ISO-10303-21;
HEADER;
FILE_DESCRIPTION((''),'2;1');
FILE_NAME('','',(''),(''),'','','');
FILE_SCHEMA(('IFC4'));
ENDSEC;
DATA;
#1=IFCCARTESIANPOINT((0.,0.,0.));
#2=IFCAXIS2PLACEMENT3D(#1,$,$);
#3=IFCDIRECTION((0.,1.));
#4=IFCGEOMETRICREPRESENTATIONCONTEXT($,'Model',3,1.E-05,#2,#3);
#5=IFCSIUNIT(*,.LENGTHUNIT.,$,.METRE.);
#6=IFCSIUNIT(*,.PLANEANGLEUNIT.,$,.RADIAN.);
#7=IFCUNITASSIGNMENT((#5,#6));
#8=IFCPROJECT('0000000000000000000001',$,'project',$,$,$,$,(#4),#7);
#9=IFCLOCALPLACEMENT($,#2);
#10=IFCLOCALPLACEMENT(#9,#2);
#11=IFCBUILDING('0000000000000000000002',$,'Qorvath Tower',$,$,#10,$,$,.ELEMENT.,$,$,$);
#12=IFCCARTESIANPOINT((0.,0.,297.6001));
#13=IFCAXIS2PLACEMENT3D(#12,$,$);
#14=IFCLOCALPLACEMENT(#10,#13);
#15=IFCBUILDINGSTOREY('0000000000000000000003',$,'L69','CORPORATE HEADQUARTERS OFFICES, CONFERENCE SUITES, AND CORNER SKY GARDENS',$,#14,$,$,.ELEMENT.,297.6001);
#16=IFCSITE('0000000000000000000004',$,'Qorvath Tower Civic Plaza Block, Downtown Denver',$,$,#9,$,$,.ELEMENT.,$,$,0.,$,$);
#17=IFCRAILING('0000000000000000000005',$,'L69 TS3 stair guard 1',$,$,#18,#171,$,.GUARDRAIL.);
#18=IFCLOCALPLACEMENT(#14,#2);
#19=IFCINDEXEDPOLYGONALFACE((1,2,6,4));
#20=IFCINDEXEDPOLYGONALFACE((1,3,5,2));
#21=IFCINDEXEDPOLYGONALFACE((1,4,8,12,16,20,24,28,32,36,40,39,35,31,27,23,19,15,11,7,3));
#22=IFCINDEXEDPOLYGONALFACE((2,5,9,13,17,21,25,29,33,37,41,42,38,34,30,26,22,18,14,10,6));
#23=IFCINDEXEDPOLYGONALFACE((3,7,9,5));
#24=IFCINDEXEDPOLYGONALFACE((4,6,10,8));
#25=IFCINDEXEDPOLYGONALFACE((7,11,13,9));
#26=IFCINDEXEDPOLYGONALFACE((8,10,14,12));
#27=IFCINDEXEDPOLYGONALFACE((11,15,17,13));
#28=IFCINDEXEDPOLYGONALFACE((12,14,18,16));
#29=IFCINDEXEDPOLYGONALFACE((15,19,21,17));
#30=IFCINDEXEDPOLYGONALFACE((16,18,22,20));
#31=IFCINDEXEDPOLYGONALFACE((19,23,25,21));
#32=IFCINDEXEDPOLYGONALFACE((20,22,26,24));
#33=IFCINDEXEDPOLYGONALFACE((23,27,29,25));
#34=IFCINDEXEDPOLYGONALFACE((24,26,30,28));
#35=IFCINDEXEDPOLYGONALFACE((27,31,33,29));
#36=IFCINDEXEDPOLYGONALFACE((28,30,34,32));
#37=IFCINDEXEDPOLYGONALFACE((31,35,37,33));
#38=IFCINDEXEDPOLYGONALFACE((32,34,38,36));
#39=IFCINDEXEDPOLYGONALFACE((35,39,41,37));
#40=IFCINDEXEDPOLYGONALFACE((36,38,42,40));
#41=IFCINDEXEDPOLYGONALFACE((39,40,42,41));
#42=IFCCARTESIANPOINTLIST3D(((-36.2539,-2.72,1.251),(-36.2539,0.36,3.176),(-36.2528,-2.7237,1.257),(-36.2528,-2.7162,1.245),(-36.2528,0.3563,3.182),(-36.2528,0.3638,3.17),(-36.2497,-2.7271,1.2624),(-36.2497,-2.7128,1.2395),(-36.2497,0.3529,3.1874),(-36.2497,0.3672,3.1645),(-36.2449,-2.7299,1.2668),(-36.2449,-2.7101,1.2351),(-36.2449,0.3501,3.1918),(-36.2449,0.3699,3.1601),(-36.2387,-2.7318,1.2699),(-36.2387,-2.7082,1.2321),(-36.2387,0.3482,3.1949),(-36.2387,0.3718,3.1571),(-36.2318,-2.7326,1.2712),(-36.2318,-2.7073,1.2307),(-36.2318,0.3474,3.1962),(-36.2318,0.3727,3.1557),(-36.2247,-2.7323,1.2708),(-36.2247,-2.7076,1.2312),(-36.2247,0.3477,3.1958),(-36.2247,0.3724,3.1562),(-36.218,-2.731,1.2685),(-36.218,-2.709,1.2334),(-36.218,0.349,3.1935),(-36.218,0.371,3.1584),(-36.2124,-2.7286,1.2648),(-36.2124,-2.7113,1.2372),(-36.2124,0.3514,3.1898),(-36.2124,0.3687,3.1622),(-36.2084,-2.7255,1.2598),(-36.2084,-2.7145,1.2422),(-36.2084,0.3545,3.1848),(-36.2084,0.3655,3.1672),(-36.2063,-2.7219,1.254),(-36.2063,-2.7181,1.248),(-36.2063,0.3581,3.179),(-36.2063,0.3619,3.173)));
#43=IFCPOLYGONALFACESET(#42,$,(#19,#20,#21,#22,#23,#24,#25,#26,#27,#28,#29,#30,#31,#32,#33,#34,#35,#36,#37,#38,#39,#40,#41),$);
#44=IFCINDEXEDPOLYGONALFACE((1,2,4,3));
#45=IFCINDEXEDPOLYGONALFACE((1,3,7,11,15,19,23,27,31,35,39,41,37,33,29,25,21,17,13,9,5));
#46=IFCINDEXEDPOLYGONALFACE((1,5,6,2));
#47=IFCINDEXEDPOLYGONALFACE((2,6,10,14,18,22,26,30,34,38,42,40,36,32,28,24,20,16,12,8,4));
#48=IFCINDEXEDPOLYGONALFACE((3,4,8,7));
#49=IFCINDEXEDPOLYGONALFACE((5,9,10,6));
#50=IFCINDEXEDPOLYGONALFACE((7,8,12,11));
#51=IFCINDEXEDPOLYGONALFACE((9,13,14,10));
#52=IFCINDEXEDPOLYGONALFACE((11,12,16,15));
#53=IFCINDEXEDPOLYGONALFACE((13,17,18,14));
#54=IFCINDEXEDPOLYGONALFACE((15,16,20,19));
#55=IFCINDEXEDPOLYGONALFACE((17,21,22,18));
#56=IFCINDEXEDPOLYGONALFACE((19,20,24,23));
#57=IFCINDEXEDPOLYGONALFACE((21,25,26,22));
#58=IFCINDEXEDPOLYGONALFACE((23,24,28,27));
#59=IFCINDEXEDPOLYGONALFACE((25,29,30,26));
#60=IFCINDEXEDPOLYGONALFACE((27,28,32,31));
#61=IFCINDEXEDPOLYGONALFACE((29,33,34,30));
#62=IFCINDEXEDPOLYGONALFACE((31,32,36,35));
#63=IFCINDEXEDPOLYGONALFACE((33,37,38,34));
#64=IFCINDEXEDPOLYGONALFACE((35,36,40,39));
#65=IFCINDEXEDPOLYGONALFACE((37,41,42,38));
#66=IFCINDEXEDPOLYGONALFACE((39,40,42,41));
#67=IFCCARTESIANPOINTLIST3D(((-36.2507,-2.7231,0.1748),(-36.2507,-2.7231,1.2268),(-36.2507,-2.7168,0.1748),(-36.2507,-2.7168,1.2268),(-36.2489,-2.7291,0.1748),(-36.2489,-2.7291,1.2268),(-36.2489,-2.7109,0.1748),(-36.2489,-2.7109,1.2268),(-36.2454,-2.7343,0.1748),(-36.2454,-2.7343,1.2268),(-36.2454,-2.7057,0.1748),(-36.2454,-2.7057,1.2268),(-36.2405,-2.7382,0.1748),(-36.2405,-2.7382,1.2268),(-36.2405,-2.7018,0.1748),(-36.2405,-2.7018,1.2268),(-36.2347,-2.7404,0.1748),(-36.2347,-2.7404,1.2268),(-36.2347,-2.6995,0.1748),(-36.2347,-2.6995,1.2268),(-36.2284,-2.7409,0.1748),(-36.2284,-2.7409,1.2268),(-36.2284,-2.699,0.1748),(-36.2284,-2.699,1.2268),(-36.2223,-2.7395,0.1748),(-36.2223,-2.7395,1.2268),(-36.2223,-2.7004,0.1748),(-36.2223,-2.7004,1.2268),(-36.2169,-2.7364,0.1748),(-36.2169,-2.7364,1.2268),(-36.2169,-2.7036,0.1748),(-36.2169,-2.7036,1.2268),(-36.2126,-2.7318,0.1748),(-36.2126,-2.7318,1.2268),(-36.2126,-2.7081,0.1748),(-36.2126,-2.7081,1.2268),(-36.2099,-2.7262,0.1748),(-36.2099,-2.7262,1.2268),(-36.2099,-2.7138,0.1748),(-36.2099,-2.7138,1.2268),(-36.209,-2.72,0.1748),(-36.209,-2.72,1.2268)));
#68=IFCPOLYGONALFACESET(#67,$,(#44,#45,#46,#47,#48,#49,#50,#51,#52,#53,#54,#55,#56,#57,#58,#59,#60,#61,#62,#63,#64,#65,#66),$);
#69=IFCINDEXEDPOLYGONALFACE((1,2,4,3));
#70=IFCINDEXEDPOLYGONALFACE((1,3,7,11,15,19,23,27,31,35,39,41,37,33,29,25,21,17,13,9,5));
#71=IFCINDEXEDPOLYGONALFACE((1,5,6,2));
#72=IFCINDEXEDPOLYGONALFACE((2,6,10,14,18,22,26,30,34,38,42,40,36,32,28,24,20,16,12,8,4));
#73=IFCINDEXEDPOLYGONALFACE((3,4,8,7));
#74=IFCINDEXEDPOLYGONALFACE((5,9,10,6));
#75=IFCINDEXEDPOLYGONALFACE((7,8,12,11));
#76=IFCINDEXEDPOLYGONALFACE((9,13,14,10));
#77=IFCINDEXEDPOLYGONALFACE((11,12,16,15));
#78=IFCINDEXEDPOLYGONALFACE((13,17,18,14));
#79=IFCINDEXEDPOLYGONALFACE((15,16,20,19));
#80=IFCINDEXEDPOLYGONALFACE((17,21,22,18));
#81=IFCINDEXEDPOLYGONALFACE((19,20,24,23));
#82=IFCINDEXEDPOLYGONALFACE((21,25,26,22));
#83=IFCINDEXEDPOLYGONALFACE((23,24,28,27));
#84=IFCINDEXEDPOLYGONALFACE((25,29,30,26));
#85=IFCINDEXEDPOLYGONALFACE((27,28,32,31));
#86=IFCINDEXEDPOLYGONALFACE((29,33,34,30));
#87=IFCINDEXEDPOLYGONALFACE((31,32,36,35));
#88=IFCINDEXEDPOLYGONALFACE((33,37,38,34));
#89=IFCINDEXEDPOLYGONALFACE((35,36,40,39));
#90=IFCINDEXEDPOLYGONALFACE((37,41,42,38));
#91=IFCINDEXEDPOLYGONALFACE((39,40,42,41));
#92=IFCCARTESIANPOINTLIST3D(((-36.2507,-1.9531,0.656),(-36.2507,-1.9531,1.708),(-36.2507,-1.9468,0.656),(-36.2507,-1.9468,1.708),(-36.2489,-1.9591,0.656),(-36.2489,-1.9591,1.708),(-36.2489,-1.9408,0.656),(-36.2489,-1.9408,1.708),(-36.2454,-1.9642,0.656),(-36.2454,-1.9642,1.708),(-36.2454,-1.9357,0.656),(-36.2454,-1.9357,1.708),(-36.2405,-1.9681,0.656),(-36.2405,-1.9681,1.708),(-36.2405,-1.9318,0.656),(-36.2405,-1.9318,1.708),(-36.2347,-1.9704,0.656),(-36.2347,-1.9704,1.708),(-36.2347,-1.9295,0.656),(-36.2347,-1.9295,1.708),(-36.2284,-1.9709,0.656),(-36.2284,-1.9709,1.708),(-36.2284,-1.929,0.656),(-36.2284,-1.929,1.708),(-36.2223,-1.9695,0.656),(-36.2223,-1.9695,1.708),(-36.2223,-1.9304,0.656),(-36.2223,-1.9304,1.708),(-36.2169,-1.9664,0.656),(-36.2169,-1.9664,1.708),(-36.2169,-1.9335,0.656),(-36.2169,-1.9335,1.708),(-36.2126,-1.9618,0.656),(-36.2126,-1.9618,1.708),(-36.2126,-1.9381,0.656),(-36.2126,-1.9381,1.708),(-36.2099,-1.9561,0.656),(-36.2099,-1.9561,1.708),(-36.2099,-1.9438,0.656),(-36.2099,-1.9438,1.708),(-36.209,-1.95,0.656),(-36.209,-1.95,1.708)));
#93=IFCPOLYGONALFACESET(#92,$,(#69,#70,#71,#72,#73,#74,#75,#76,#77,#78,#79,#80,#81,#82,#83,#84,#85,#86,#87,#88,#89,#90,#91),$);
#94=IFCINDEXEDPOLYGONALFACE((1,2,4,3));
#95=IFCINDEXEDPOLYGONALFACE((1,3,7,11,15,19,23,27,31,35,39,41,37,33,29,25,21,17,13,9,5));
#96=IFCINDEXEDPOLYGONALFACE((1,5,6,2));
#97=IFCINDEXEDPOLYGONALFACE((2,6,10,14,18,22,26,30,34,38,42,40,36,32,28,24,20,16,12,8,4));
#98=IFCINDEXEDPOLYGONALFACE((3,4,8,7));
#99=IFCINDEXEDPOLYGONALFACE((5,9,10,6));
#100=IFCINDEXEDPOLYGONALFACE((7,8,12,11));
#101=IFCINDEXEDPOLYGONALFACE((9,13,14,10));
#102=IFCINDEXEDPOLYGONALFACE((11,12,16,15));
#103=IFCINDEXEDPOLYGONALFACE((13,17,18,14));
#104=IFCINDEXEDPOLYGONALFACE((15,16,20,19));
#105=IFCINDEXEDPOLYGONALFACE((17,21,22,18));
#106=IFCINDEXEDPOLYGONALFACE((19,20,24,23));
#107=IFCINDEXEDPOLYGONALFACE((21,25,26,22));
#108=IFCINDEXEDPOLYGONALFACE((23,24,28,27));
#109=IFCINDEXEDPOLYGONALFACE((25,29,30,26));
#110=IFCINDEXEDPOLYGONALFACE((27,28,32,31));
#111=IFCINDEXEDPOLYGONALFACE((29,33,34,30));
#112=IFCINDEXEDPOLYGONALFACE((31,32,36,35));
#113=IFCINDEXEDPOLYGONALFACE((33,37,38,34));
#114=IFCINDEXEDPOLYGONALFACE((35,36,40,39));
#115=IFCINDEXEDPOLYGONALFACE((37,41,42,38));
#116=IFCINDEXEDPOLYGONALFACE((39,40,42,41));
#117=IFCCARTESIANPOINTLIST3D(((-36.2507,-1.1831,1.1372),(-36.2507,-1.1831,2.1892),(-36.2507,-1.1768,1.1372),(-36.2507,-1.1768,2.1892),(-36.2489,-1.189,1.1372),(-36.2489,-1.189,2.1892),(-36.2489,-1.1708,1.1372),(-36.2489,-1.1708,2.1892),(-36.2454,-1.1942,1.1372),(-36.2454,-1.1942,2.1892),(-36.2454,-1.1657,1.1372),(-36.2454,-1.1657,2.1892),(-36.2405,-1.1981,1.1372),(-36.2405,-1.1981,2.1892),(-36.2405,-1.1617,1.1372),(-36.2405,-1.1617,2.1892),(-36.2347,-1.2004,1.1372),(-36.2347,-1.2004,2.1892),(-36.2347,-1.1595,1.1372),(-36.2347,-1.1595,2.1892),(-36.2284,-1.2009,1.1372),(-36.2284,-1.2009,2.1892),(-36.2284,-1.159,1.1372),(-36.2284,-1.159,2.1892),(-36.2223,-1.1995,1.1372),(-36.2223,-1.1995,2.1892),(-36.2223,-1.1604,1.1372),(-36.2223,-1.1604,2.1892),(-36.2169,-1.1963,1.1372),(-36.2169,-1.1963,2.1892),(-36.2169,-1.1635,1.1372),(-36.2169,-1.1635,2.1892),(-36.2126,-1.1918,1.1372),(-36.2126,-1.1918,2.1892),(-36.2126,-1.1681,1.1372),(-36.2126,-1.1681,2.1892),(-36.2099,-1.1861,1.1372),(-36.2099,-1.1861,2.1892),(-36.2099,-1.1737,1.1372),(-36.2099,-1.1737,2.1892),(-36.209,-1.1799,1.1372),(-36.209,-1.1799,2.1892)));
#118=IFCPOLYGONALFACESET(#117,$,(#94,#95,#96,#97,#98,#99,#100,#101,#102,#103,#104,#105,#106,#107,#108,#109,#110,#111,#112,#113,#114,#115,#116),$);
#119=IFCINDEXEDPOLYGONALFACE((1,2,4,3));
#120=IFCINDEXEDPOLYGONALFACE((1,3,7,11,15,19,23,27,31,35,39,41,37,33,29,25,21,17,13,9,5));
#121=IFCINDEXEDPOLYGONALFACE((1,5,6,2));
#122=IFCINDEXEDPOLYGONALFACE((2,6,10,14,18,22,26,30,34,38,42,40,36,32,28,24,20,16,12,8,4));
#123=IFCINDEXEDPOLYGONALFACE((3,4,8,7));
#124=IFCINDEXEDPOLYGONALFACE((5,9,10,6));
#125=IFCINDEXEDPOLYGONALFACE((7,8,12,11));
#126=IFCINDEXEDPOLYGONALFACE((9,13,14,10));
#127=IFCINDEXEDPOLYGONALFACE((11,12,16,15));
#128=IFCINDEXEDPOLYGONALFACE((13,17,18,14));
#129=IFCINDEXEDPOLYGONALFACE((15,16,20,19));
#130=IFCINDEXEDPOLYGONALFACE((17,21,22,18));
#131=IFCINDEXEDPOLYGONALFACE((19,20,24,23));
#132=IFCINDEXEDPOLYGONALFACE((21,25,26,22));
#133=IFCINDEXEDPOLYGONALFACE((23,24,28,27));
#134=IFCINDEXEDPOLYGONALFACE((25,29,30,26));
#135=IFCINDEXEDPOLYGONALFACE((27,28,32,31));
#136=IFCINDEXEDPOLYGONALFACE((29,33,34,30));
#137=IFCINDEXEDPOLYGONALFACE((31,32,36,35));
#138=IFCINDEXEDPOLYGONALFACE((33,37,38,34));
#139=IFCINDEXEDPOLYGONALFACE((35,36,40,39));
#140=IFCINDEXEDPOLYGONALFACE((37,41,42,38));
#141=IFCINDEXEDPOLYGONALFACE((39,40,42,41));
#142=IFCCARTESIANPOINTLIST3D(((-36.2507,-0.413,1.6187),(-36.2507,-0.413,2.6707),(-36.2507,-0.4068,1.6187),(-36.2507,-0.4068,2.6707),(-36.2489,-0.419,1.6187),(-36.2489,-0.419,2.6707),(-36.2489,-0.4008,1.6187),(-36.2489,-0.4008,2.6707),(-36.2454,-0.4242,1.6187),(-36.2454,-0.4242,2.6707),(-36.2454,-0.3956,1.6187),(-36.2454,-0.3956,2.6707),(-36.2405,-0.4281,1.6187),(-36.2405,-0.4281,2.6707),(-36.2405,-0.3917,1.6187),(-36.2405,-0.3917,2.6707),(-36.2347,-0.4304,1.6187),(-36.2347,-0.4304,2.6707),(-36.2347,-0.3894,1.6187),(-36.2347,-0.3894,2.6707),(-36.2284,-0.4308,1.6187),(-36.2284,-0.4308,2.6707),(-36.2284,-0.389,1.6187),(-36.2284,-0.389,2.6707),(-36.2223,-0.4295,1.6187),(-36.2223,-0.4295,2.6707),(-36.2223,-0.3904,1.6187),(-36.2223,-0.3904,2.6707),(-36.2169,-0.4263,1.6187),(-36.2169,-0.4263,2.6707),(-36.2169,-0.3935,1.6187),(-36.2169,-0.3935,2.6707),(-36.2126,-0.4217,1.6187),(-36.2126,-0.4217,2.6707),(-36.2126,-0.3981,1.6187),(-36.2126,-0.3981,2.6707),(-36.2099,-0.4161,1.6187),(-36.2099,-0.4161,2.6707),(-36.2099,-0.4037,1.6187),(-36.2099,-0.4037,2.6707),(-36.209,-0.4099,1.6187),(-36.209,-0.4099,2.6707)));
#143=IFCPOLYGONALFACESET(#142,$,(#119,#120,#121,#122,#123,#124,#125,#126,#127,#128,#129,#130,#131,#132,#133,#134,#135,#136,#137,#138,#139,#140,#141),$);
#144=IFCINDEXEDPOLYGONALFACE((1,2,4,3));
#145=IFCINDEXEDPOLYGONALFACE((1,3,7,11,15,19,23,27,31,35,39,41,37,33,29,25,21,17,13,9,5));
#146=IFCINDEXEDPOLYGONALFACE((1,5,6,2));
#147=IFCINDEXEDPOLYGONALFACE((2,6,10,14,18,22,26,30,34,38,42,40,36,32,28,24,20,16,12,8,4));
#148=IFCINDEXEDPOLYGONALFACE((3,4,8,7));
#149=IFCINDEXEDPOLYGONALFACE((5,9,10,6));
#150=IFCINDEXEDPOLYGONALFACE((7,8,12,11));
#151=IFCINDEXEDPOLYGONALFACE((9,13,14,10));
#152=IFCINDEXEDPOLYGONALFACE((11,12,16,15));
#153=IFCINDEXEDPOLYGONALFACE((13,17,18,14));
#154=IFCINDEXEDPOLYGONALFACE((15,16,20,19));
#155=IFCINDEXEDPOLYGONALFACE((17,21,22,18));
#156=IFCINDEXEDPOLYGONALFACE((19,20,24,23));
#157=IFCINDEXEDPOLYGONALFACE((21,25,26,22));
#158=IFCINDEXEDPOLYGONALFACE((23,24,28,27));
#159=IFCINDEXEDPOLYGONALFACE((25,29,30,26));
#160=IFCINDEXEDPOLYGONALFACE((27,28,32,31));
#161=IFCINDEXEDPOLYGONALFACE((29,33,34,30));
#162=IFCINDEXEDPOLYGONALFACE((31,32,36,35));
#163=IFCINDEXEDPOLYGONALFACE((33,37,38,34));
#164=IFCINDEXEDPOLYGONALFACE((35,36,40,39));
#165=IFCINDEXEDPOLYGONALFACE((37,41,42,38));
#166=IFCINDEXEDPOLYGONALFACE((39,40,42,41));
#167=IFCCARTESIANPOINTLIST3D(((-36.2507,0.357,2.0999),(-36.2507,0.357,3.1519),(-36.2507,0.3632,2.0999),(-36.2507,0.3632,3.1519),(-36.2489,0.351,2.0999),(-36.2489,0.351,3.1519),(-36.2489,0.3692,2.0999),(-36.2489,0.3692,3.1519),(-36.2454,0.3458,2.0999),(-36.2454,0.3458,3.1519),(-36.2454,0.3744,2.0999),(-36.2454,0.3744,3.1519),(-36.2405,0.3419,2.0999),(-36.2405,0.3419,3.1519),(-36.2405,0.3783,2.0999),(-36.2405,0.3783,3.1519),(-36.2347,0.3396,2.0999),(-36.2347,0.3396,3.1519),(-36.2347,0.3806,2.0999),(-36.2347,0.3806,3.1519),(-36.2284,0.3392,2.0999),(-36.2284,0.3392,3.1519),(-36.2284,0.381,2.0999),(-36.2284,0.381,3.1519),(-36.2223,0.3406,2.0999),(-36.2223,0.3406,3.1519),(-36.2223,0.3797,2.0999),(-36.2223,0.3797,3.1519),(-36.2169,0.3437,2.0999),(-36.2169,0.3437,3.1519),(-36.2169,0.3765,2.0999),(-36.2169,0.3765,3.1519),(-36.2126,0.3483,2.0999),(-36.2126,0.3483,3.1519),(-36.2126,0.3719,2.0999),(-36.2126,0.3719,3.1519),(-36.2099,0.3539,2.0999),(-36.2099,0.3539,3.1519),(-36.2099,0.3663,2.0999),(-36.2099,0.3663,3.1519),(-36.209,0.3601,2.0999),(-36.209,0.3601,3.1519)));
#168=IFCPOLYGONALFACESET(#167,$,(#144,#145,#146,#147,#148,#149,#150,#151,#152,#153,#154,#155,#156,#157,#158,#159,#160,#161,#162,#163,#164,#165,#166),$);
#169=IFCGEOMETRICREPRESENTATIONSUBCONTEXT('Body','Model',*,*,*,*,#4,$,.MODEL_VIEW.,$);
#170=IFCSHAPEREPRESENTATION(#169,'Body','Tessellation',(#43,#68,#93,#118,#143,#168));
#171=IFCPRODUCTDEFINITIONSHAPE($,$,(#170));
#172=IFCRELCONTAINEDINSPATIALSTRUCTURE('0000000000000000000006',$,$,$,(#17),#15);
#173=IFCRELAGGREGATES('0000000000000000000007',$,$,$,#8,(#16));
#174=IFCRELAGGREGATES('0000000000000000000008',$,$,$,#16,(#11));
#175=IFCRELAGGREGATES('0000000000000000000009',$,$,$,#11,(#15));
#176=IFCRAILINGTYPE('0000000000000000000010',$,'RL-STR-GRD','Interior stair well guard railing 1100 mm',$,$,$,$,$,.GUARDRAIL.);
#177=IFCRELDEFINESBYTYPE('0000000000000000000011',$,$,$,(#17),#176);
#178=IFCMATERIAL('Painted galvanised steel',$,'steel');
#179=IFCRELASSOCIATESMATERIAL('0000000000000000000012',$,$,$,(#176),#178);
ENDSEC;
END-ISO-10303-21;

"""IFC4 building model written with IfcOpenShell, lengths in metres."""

from ifc_helpers import new_model, si_unit, direction, frame, origin, origin_2d, place, context, subcontext, project, spatial, circle, extrude, material, type_object, element, save


model = new_model("IFC4")

# Units and contexts
model_context = context("Model", 3, precision=1e-05, world=origin(), true_north=direction((0.0, 1.0)))
body_context = subcontext(model_context, "Body", "Model", "MODEL_VIEW")
ifc_project = project(units=[si_unit("LENGTHUNIT", "METRE"), si_unit("PLANEANGLEUNIT", "RADIAN")], contexts=[model_context])

# Site, building, storey
site_placement = place(None, origin())
site = spatial("IfcSite", under=ifc_project, at=site_placement, Name="Qorvath Tower Civic Plaza Block, Downtown Denver", CompositionType="ELEMENT", RefElevation=0.0)
building_placement = place(site_placement, origin())
building = spatial("IfcBuilding", under=site, at=building_placement, Name="Qorvath Tower", CompositionType="ELEMENT")
storey_placement = place(building_placement, frame((0.0, 0.0, 297.6001)))
storey = spatial("IfcBuildingStorey", under=building, at=storey_placement, Name="L69", Description="CORPORATE HEADQUARTERS OFFICES, CONFERENCE SUITES, AND CORNER SKY GARDENS", CompositionType="ELEMENT", Elevation=297.6001)

# Railing
ifc_material_1 = material(Name="Painted galvanised steel", Category="steel")
railing_type_1 = type_object("IfcRailingType", Name="RL-STR-GRD", Description="Interior stair well guard railing 1100 mm", PredefinedType="GUARDRAIL", material=ifc_material_1)
railing_1_placement = place(storey_placement, frame((-36.23, -2.72, 0.1748)))
element("IfcRailing", 1, at=railing_1_placement, inside=storey, type_object=railing_type_1, Name="L69 TS3 stair guard 1", PredefinedType="GUARDRAIL", context=body_context, shape_type="SweptSolid", body=[
    extrude(circle(Radius=0.0239, at=origin_2d()), frame((0.0, 0.0, 1.0762), z_axis=(0.0, 0.847998, 0.529999), x_axis=(-1.0, 0.0, 0.0)), (0.0, 0.0, 1.0), 3.6321),
    extrude(circle(Radius=0.021, at=origin_2d()), origin(), (0.0, 0.0, 1.0), 1.052),
    extrude(circle(Radius=0.021, at=origin_2d()), frame((0.0, 0.77, 0.4812)), (0.0, 0.0, 1.0), 1.052),
    extrude(circle(Radius=0.021, at=origin_2d()), frame((0.0, 1.54, 0.9624)), (0.0, 0.0, 1.0), 1.052),
    extrude(circle(Radius=0.021, at=origin_2d()), frame((0.0, 2.3101, 1.4438)), (0.0, 0.0, 1.0), 1.052),
    extrude(circle(Radius=0.021, at=origin_2d()), frame((0.0, 3.0801, 1.925)), (0.0, 0.0, 1.0), 1.052),
])

save(model, "model.ifc")
